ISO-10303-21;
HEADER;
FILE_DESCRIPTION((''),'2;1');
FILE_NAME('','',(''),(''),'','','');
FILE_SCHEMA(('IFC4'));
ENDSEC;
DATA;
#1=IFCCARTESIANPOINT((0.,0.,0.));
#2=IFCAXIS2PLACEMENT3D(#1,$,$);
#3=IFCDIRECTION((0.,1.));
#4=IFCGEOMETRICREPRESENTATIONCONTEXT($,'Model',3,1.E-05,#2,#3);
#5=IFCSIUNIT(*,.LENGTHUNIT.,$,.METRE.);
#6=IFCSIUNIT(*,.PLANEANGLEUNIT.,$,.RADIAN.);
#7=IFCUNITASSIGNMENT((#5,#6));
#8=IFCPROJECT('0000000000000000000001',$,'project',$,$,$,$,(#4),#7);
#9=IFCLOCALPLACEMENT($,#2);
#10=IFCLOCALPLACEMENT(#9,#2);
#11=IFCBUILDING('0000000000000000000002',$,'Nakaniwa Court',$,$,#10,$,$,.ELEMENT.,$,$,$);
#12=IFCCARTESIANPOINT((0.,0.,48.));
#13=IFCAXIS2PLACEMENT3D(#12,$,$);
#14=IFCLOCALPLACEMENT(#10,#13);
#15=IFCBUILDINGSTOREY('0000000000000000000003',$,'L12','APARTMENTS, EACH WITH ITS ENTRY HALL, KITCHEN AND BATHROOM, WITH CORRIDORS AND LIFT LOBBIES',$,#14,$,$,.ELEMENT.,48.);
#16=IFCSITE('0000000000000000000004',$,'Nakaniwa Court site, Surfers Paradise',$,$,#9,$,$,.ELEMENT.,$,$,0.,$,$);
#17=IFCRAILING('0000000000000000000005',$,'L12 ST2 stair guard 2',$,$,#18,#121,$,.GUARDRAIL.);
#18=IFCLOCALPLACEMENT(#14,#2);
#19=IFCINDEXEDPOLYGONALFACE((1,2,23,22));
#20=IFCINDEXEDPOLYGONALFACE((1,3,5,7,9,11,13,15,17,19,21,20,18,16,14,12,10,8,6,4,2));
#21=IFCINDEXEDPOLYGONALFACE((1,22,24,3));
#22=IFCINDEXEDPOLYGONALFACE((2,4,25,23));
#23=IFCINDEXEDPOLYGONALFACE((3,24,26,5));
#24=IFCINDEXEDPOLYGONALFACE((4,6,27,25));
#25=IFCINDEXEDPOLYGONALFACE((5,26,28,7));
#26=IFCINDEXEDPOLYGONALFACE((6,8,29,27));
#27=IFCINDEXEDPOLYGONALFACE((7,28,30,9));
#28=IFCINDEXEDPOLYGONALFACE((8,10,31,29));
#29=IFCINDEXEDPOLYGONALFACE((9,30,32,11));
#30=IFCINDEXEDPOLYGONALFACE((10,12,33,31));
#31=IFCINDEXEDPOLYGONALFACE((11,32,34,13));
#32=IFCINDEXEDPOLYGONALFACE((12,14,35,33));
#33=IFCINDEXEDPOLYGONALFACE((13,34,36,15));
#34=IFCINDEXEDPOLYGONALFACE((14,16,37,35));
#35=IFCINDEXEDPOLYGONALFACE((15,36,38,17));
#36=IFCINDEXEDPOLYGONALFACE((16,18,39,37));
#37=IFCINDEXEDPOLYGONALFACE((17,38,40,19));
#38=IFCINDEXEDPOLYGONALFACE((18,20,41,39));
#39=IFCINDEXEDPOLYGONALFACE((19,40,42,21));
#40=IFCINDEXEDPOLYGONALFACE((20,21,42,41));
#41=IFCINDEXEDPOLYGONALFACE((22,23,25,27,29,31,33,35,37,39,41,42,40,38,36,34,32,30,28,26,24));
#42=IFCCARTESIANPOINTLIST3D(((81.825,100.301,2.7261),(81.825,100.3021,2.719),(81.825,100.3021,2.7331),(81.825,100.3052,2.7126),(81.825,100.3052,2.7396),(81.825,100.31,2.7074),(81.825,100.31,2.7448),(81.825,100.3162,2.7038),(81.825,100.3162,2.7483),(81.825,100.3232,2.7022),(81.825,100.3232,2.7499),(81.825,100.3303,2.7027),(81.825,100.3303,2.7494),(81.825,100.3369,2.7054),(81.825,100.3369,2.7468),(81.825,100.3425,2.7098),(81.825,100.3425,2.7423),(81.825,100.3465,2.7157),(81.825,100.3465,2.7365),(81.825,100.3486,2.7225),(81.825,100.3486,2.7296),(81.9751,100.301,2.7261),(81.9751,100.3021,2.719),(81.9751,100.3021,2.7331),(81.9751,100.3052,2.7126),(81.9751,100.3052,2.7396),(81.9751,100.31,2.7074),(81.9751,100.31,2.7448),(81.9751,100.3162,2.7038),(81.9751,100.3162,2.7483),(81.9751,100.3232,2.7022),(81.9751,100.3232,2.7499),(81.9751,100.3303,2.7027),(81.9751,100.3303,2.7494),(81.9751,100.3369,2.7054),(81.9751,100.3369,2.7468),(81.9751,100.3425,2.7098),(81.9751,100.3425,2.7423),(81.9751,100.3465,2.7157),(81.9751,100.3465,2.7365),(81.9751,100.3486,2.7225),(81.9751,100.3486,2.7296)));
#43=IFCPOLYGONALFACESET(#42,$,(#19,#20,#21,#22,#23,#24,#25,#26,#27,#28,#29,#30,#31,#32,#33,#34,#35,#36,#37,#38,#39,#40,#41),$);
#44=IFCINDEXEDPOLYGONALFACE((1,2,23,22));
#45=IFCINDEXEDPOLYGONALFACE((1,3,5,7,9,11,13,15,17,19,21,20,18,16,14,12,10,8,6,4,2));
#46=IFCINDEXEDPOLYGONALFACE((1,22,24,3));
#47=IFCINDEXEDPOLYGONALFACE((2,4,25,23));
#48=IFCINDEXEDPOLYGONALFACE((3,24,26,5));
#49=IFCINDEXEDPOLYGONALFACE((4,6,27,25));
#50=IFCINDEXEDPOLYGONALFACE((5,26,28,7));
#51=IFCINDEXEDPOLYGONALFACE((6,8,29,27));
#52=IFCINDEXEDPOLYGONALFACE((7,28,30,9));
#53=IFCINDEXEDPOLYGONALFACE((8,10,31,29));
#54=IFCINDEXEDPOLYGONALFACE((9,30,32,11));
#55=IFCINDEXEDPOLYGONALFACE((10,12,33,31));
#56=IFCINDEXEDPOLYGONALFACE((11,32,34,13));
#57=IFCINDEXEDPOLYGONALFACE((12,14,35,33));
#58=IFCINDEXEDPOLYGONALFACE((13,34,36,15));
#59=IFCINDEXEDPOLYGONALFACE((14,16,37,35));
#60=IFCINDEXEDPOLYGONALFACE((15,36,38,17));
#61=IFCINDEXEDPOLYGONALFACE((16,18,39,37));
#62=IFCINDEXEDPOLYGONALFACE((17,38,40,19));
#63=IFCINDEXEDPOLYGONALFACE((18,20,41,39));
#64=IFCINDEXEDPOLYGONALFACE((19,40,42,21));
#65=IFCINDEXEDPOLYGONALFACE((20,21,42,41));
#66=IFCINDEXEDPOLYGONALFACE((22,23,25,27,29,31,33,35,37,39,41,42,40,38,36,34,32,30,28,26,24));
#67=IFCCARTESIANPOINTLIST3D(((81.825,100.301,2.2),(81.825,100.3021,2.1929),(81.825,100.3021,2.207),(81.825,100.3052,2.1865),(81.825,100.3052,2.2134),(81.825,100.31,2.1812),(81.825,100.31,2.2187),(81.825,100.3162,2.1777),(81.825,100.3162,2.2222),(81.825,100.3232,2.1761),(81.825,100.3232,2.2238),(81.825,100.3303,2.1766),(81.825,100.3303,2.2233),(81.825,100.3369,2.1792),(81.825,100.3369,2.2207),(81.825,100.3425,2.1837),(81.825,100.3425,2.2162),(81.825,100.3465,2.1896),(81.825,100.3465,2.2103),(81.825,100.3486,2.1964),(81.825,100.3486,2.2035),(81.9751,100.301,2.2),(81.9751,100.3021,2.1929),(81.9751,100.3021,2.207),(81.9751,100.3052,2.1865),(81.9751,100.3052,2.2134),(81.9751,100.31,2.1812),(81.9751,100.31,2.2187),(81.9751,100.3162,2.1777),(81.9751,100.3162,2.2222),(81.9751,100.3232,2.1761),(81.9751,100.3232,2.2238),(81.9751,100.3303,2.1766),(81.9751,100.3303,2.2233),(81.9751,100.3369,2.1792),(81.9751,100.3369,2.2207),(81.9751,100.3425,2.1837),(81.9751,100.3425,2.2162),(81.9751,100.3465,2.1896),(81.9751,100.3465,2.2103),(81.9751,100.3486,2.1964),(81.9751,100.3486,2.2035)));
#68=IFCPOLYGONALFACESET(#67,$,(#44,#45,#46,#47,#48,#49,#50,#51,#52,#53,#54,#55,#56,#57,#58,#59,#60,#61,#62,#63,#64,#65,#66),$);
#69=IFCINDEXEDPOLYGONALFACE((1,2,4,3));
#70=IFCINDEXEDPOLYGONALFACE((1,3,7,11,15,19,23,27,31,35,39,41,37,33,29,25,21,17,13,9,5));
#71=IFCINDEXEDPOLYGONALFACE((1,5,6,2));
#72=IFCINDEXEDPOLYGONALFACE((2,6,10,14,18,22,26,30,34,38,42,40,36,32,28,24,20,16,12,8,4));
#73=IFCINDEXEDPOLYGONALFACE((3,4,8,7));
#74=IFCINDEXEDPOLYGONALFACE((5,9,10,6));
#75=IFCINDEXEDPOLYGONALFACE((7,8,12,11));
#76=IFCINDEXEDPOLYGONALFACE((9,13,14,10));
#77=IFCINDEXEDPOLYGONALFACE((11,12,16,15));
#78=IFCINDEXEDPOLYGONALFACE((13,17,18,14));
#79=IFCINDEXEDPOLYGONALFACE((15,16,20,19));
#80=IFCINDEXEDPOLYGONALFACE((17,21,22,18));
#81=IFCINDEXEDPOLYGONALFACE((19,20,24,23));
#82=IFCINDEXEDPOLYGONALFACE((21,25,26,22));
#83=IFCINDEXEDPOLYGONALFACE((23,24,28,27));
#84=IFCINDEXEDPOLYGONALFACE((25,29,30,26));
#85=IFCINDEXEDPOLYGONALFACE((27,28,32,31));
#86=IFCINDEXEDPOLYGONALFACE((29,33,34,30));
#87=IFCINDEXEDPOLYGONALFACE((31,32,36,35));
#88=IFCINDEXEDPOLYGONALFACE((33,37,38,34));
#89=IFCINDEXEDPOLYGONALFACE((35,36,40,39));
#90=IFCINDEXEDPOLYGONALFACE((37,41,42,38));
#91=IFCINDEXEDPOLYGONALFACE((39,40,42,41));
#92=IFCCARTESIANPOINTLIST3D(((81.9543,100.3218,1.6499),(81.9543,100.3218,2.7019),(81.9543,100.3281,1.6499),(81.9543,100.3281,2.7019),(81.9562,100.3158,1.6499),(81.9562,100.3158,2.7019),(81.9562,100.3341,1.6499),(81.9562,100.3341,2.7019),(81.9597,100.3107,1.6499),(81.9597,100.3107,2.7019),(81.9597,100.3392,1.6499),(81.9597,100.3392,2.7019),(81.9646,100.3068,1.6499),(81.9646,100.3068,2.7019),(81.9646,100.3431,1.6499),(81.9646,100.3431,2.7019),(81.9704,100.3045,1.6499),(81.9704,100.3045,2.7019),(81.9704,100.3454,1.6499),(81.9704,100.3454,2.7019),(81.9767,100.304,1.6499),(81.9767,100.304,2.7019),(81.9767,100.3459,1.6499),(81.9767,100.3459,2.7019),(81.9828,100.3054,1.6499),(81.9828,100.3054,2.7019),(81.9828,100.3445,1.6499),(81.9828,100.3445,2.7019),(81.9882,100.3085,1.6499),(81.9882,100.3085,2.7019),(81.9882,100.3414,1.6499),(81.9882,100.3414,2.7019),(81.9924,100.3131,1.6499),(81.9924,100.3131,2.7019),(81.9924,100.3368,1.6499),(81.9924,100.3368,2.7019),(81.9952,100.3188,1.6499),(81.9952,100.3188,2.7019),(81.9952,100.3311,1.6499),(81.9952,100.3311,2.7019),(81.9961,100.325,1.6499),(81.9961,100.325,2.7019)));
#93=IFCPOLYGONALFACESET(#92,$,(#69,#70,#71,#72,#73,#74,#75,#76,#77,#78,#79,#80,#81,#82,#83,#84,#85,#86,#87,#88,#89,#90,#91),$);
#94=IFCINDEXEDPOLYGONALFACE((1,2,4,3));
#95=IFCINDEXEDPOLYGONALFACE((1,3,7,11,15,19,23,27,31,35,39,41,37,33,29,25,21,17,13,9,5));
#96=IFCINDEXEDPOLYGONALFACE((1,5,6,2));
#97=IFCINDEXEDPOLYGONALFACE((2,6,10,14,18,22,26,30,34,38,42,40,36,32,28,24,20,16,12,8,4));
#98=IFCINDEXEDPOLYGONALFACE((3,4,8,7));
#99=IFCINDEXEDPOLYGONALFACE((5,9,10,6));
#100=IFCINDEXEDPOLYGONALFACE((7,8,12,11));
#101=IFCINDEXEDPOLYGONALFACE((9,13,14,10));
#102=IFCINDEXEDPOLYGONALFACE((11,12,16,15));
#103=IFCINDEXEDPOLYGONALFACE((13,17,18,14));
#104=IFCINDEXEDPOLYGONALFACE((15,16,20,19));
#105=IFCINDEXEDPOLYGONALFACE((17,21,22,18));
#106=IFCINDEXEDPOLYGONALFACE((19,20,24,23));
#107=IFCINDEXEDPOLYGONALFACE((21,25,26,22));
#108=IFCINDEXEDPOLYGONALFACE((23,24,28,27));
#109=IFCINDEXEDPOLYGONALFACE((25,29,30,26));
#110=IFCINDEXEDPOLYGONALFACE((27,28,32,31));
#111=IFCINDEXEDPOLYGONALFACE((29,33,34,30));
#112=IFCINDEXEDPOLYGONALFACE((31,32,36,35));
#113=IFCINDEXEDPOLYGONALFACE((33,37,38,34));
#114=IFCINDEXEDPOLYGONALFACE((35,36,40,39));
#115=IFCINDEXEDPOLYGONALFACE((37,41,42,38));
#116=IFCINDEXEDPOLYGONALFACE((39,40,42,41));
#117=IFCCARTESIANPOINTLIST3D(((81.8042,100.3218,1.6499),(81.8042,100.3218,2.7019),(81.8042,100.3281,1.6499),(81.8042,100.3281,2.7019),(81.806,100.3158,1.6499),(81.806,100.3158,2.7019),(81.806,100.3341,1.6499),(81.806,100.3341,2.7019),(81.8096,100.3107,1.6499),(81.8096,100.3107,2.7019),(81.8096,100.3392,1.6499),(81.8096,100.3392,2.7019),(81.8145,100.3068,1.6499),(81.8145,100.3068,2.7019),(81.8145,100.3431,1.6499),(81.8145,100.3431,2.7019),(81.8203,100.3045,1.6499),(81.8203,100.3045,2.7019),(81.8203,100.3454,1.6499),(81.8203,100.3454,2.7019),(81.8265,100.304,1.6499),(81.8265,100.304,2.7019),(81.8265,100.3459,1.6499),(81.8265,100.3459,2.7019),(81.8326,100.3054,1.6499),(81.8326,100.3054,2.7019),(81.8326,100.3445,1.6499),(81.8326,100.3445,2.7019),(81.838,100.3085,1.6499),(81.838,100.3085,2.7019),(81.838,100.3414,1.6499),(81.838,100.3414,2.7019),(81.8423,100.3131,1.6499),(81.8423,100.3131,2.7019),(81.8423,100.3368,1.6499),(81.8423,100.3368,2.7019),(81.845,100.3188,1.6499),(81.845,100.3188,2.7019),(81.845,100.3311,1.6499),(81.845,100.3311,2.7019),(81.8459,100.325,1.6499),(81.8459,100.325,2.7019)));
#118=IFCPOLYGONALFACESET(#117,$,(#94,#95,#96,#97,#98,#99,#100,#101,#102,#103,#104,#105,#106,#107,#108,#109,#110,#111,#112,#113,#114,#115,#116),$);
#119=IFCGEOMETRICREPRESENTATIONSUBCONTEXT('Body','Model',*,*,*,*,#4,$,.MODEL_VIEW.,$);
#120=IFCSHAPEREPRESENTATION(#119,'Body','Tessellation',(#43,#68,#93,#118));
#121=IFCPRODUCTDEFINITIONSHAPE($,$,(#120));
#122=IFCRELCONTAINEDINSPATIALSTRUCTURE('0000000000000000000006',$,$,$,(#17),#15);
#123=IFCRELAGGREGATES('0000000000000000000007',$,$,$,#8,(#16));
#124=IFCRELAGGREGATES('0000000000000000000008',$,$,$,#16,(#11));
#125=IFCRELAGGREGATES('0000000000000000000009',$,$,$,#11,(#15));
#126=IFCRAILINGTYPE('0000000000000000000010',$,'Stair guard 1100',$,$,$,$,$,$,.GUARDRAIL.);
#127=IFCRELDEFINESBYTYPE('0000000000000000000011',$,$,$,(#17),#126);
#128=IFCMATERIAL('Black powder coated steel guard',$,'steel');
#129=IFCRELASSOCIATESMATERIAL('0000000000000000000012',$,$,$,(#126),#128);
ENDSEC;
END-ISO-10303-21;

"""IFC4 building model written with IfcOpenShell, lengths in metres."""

from ifc_helpers import new_model, si_unit, direction, frame, origin, origin_2d, place, context, subcontext, project, spatial, circle, extrude, material, type_object, element, save


model = new_model("IFC4")

# Units and contexts
model_context = context("Model", 3, precision=1e-05, world=origin(), true_north=direction((0.0, 1.0)))
body_context = subcontext(model_context, "Body", "Model", "MODEL_VIEW")
ifc_project = project(units=[si_unit("LENGTHUNIT", "METRE"), si_unit("PLANEANGLEUNIT", "RADIAN")], contexts=[model_context])

# Site, building, storey
site_placement = place(None, origin())
site = spatial("IfcSite", under=ifc_project, at=site_placement, Name="Nakaniwa Court site, Surfers Paradise", CompositionType="ELEMENT", RefElevation=0.0)
building_placement = place(site_placement, origin())
building = spatial("IfcBuilding", under=site, at=building_placement, Name="Nakaniwa Court", CompositionType="ELEMENT")
storey_placement = place(building_placement, frame((0.0, 0.0, 48.0)))
storey = spatial("IfcBuildingStorey", under=building, at=storey_placement, Name="L12", Description="APARTMENTS, EACH WITH ITS ENTRY HALL, KITCHEN AND BATHROOM, WITH CORRIDORS AND LIFT LOBBIES", CompositionType="ELEMENT", Elevation=48.0)

# Railing
ifc_material_1 = material(Name="Black powder coated steel guard", Category="steel")
railing_type_1 = type_object("IfcRailingType", Name="Stair guard 1100", PredefinedType="GUARDRAIL", material=ifc_material_1)
railing_1_placement = place(storey_placement, frame((81.9751, 100.325, 1.6499)))
element("IfcRailing", 1, at=railing_1_placement, inside=storey, type_object=railing_type_1, Name="L12 ST2 stair guard 2", PredefinedType="GUARDRAIL", context=body_context, shape_type="SweptSolid", body=[
    extrude(circle(Radius=0.0239, at=origin_2d()), frame((0.0, 0.0, 1.0762), z_axis=(-1.0, 0.0, 0.0), x_axis=(0.0, -1.0, 0.0)), (0.0, 0.0, 1.0), 0.1501),
    extrude(circle(Radius=0.0239, at=origin_2d()), frame((0.0, 0.0, 0.55), z_axis=(-1.0, 0.0, 0.0), x_axis=(0.0, -1.0, 0.0)), (0.0, 0.0, 1.0), 0.1501),
    extrude(circle(Radius=0.021, at=origin_2d()), origin(), (0.0, 0.0, 1.0), 1.052),
    extrude(circle(Radius=0.021, at=origin_2d()), frame((-0.1501, 0.0, 0.0)), (0.0, 0.0, 1.0), 1.052),
])

save(model, "model.ifc")
